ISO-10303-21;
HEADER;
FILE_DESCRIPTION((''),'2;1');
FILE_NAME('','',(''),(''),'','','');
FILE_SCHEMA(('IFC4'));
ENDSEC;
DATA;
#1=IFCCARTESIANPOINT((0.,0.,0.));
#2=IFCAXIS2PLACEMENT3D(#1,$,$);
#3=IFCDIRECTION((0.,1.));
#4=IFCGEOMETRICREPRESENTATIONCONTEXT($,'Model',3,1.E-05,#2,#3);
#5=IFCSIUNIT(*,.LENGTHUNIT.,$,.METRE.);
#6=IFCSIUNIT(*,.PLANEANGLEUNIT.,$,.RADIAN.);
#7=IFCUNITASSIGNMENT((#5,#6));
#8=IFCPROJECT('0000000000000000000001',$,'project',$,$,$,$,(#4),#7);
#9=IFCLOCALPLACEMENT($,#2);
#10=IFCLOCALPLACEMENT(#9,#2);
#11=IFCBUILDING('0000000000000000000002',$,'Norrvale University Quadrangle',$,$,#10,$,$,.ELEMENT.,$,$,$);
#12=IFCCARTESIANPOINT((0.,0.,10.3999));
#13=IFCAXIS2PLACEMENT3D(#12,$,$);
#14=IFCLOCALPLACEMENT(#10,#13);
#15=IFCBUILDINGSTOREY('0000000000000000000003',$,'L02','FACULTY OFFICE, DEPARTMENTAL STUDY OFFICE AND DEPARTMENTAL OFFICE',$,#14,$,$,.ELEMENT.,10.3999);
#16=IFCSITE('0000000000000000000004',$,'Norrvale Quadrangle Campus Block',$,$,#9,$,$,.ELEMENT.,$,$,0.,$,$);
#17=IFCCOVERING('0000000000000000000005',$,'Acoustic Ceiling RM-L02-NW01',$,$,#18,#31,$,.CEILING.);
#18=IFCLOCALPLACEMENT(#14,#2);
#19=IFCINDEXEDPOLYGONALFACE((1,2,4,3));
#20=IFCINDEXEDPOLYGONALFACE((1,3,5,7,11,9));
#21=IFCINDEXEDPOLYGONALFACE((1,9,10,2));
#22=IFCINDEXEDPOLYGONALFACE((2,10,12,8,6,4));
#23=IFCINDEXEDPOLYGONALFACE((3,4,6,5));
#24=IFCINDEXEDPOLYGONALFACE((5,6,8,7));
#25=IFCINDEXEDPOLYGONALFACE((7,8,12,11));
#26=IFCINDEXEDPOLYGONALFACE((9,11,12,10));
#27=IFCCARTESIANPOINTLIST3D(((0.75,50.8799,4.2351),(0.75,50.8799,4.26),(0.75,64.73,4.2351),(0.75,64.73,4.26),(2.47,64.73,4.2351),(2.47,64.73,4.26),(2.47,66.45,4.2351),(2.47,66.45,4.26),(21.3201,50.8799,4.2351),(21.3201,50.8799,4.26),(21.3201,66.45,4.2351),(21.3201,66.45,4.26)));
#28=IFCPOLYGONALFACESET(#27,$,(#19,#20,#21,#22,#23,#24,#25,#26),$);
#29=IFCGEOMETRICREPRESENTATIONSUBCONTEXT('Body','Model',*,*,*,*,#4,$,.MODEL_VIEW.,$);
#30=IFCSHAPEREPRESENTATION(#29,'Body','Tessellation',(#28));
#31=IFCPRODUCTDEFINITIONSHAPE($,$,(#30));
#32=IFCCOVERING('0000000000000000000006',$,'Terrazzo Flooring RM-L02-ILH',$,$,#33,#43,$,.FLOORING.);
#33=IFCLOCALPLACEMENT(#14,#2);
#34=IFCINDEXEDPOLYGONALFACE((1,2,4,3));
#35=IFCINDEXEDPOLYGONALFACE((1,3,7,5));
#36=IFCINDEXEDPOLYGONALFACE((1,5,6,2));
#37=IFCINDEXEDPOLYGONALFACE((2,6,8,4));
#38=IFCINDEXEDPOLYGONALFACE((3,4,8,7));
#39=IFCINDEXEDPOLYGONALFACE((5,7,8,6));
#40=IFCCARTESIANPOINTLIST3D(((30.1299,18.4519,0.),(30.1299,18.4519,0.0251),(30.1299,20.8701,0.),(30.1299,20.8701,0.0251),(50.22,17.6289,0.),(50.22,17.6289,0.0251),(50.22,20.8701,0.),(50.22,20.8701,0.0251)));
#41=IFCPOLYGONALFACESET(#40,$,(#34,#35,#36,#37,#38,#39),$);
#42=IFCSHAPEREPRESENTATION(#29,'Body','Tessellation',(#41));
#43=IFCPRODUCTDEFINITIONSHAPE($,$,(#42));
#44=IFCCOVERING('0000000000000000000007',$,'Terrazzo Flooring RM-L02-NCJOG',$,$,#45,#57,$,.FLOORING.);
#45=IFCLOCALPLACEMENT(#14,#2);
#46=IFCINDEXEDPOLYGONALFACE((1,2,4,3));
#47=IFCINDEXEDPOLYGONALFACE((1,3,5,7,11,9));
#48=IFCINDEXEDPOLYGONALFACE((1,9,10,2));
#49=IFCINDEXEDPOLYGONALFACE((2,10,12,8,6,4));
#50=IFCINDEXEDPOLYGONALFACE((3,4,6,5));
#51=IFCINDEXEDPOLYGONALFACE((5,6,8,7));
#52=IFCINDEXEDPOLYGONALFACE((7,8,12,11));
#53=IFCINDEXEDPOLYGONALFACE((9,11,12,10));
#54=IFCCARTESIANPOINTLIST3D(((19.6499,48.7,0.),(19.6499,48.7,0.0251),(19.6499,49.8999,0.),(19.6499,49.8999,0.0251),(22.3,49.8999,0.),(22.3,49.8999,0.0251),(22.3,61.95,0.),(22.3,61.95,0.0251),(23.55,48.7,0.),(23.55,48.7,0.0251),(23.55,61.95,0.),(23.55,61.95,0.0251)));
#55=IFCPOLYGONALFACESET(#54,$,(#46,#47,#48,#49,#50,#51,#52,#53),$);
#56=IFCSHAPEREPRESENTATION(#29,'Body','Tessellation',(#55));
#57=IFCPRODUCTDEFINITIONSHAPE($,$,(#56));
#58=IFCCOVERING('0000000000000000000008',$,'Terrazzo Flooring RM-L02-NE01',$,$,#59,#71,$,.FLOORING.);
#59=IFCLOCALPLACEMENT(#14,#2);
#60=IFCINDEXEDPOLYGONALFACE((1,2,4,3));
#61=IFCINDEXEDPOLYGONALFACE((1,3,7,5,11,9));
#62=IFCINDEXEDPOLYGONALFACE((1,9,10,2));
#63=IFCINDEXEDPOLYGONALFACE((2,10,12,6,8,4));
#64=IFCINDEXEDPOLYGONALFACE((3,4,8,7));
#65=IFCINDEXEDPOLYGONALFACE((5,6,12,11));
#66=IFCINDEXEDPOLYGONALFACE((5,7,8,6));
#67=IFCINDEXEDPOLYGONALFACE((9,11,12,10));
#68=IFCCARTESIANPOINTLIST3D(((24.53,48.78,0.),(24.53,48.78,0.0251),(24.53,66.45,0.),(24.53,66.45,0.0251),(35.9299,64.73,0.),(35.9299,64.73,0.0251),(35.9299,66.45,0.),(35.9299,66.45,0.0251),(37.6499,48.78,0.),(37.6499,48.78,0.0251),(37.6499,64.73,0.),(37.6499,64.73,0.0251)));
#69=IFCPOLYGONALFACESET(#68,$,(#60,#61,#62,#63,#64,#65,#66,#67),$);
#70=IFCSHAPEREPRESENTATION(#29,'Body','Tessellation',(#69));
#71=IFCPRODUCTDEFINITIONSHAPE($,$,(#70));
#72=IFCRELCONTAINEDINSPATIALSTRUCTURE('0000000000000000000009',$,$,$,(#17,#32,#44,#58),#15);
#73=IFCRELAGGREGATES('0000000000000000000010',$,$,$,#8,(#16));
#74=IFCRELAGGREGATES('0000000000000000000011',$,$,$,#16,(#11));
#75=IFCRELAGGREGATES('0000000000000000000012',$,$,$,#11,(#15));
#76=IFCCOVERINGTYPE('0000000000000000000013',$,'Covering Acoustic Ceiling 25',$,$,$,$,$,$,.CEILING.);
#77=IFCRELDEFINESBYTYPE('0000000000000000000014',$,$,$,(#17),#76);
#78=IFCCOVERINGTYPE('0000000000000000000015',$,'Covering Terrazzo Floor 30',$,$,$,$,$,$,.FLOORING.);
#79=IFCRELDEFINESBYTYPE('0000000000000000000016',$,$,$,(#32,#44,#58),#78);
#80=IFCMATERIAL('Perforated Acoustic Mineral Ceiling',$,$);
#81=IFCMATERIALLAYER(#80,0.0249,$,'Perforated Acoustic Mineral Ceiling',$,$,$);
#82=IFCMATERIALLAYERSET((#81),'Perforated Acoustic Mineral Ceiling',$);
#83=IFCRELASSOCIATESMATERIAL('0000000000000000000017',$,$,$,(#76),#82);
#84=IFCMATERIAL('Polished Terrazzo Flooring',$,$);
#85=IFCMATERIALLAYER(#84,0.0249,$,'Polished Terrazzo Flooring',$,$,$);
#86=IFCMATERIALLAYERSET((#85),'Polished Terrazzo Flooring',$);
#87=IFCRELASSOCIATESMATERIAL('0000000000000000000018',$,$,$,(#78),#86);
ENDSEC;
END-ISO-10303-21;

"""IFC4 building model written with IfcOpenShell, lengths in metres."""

from ifc_helpers import new_model, si_unit, direction, frame, origin, place, context, subcontext, project, spatial, polyline, outline, extrude, material, layer, layer_set, type_object, element, save


model = new_model("IFC4")

# Units and contexts
model_context = context("Model", 3, precision=1e-05, world=origin(), true_north=direction((0.0, 1.0)))
body_context = subcontext(model_context, "Body", "Model", "MODEL_VIEW")
ifc_project = project(units=[si_unit("LENGTHUNIT", "METRE"), si_unit("PLANEANGLEUNIT", "RADIAN")], contexts=[model_context])

# Site, building, storey
site_placement = place(None, origin())
site = spatial("IfcSite", under=ifc_project, at=site_placement, Name="Norrvale Quadrangle Campus Block", CompositionType="ELEMENT", RefElevation=0.0)
building_placement = place(site_placement, origin())
building = spatial("IfcBuilding", under=site, at=building_placement, Name="Norrvale University Quadrangle", CompositionType="ELEMENT")
storey_placement = place(building_placement, frame((0.0, 0.0, 10.3999)))
storey = spatial("IfcBuildingStorey", under=building, at=storey_placement, Name="L02", Description="FACULTY OFFICE, DEPARTMENTAL STUDY OFFICE AND DEPARTMENTAL OFFICE", CompositionType="ELEMENT", Elevation=10.3999)

# Coverings
ifc_material_1 = material(Name="Perforated Acoustic Mineral Ceiling")
ifc_layer_1 = layer(ifc_material_1, 0.0249, Name="Perforated Acoustic Mineral Ceiling")
ifc_layer_set_1 = layer_set([ifc_layer_1], Name="Perforated Acoustic Mineral Ceiling")
covering_type_1 = type_object("IfcCoveringType", Name="Covering Acoustic Ceiling 25", PredefinedType="CEILING", material=ifc_layer_set_1)
covering_1_placement = place(storey_placement, frame((0.0, 0.0, 4.2351)))
element("IfcCovering", 1, at=covering_1_placement, inside=storey, type_object=covering_type_1, Name="Acoustic Ceiling RM-L02-NW01", PredefinedType="CEILING", context=body_context, shape_type="SweptSolid", body=[
    extrude(outline(polyline([(21.3201, 66.45), (21.3201, 50.8799), (0.75, 50.8799), (0.75, 64.73), (2.47, 64.73), (2.47, 66.45), (21.3201, 66.45)])), origin(), (0.0, 0.0, 1.0), 0.0249),
])
ifc_material_2 = material(Name="Polished Terrazzo Flooring")
ifc_layer_2 = layer(ifc_material_2, 0.0249, Name="Polished Terrazzo Flooring")
ifc_layer_set_2 = layer_set([ifc_layer_2], Name="Polished Terrazzo Flooring")
covering_type_2 = type_object("IfcCoveringType", Name="Covering Terrazzo Floor 30", PredefinedType="FLOORING", material=ifc_layer_set_2)
covering_2_placement = place(storey_placement, origin())
element("IfcCovering", 2, at=covering_2_placement, inside=storey, type_object=covering_type_2, Name="Terrazzo Flooring RM-L02-ILH", PredefinedType="FLOORING", context=body_context, shape_type="SweptSolid", body=[
    extrude(outline(polyline([(30.1299, 18.4519), (30.1299, 20.8701), (50.22, 20.8701), (50.22, 17.6289), (30.1299, 18.4519)])), origin(), (0.0, 0.0, 1.0), 0.0251),
])
covering_3_placement = place(storey_placement, origin())
element("IfcCovering", 3, at=covering_3_placement, inside=storey, type_object=covering_type_2, Name="Terrazzo Flooring RM-L02-NCJOG", PredefinedType="FLOORING", context=body_context, shape_type="SweptSolid", body=[
    extrude(outline(polyline([(19.6499, 48.7), (19.6499, 49.8999), (22.3, 49.8999), (22.3, 61.95), (23.55, 61.95), (23.55, 48.7), (19.6499, 48.7)])), origin(), (0.0, 0.0, 1.0), 0.0251),
])
covering_4_placement = place(storey_placement, origin())
element("IfcCovering", 4, at=covering_4_placement, inside=storey, type_object=covering_type_2, Name="Terrazzo Flooring RM-L02-NE01", PredefinedType="FLOORING", context=body_context, shape_type="SweptSolid", body=[
    extrude(outline(polyline([(37.6499, 48.78), (24.53, 48.78), (24.53, 66.45), (35.9299, 66.45), (35.9299, 64.73), (37.6499, 64.73), (37.6499, 48.78)])), origin(), (0.0, 0.0, 1.0), 0.0251),
])

save(model, "model.ifc")
